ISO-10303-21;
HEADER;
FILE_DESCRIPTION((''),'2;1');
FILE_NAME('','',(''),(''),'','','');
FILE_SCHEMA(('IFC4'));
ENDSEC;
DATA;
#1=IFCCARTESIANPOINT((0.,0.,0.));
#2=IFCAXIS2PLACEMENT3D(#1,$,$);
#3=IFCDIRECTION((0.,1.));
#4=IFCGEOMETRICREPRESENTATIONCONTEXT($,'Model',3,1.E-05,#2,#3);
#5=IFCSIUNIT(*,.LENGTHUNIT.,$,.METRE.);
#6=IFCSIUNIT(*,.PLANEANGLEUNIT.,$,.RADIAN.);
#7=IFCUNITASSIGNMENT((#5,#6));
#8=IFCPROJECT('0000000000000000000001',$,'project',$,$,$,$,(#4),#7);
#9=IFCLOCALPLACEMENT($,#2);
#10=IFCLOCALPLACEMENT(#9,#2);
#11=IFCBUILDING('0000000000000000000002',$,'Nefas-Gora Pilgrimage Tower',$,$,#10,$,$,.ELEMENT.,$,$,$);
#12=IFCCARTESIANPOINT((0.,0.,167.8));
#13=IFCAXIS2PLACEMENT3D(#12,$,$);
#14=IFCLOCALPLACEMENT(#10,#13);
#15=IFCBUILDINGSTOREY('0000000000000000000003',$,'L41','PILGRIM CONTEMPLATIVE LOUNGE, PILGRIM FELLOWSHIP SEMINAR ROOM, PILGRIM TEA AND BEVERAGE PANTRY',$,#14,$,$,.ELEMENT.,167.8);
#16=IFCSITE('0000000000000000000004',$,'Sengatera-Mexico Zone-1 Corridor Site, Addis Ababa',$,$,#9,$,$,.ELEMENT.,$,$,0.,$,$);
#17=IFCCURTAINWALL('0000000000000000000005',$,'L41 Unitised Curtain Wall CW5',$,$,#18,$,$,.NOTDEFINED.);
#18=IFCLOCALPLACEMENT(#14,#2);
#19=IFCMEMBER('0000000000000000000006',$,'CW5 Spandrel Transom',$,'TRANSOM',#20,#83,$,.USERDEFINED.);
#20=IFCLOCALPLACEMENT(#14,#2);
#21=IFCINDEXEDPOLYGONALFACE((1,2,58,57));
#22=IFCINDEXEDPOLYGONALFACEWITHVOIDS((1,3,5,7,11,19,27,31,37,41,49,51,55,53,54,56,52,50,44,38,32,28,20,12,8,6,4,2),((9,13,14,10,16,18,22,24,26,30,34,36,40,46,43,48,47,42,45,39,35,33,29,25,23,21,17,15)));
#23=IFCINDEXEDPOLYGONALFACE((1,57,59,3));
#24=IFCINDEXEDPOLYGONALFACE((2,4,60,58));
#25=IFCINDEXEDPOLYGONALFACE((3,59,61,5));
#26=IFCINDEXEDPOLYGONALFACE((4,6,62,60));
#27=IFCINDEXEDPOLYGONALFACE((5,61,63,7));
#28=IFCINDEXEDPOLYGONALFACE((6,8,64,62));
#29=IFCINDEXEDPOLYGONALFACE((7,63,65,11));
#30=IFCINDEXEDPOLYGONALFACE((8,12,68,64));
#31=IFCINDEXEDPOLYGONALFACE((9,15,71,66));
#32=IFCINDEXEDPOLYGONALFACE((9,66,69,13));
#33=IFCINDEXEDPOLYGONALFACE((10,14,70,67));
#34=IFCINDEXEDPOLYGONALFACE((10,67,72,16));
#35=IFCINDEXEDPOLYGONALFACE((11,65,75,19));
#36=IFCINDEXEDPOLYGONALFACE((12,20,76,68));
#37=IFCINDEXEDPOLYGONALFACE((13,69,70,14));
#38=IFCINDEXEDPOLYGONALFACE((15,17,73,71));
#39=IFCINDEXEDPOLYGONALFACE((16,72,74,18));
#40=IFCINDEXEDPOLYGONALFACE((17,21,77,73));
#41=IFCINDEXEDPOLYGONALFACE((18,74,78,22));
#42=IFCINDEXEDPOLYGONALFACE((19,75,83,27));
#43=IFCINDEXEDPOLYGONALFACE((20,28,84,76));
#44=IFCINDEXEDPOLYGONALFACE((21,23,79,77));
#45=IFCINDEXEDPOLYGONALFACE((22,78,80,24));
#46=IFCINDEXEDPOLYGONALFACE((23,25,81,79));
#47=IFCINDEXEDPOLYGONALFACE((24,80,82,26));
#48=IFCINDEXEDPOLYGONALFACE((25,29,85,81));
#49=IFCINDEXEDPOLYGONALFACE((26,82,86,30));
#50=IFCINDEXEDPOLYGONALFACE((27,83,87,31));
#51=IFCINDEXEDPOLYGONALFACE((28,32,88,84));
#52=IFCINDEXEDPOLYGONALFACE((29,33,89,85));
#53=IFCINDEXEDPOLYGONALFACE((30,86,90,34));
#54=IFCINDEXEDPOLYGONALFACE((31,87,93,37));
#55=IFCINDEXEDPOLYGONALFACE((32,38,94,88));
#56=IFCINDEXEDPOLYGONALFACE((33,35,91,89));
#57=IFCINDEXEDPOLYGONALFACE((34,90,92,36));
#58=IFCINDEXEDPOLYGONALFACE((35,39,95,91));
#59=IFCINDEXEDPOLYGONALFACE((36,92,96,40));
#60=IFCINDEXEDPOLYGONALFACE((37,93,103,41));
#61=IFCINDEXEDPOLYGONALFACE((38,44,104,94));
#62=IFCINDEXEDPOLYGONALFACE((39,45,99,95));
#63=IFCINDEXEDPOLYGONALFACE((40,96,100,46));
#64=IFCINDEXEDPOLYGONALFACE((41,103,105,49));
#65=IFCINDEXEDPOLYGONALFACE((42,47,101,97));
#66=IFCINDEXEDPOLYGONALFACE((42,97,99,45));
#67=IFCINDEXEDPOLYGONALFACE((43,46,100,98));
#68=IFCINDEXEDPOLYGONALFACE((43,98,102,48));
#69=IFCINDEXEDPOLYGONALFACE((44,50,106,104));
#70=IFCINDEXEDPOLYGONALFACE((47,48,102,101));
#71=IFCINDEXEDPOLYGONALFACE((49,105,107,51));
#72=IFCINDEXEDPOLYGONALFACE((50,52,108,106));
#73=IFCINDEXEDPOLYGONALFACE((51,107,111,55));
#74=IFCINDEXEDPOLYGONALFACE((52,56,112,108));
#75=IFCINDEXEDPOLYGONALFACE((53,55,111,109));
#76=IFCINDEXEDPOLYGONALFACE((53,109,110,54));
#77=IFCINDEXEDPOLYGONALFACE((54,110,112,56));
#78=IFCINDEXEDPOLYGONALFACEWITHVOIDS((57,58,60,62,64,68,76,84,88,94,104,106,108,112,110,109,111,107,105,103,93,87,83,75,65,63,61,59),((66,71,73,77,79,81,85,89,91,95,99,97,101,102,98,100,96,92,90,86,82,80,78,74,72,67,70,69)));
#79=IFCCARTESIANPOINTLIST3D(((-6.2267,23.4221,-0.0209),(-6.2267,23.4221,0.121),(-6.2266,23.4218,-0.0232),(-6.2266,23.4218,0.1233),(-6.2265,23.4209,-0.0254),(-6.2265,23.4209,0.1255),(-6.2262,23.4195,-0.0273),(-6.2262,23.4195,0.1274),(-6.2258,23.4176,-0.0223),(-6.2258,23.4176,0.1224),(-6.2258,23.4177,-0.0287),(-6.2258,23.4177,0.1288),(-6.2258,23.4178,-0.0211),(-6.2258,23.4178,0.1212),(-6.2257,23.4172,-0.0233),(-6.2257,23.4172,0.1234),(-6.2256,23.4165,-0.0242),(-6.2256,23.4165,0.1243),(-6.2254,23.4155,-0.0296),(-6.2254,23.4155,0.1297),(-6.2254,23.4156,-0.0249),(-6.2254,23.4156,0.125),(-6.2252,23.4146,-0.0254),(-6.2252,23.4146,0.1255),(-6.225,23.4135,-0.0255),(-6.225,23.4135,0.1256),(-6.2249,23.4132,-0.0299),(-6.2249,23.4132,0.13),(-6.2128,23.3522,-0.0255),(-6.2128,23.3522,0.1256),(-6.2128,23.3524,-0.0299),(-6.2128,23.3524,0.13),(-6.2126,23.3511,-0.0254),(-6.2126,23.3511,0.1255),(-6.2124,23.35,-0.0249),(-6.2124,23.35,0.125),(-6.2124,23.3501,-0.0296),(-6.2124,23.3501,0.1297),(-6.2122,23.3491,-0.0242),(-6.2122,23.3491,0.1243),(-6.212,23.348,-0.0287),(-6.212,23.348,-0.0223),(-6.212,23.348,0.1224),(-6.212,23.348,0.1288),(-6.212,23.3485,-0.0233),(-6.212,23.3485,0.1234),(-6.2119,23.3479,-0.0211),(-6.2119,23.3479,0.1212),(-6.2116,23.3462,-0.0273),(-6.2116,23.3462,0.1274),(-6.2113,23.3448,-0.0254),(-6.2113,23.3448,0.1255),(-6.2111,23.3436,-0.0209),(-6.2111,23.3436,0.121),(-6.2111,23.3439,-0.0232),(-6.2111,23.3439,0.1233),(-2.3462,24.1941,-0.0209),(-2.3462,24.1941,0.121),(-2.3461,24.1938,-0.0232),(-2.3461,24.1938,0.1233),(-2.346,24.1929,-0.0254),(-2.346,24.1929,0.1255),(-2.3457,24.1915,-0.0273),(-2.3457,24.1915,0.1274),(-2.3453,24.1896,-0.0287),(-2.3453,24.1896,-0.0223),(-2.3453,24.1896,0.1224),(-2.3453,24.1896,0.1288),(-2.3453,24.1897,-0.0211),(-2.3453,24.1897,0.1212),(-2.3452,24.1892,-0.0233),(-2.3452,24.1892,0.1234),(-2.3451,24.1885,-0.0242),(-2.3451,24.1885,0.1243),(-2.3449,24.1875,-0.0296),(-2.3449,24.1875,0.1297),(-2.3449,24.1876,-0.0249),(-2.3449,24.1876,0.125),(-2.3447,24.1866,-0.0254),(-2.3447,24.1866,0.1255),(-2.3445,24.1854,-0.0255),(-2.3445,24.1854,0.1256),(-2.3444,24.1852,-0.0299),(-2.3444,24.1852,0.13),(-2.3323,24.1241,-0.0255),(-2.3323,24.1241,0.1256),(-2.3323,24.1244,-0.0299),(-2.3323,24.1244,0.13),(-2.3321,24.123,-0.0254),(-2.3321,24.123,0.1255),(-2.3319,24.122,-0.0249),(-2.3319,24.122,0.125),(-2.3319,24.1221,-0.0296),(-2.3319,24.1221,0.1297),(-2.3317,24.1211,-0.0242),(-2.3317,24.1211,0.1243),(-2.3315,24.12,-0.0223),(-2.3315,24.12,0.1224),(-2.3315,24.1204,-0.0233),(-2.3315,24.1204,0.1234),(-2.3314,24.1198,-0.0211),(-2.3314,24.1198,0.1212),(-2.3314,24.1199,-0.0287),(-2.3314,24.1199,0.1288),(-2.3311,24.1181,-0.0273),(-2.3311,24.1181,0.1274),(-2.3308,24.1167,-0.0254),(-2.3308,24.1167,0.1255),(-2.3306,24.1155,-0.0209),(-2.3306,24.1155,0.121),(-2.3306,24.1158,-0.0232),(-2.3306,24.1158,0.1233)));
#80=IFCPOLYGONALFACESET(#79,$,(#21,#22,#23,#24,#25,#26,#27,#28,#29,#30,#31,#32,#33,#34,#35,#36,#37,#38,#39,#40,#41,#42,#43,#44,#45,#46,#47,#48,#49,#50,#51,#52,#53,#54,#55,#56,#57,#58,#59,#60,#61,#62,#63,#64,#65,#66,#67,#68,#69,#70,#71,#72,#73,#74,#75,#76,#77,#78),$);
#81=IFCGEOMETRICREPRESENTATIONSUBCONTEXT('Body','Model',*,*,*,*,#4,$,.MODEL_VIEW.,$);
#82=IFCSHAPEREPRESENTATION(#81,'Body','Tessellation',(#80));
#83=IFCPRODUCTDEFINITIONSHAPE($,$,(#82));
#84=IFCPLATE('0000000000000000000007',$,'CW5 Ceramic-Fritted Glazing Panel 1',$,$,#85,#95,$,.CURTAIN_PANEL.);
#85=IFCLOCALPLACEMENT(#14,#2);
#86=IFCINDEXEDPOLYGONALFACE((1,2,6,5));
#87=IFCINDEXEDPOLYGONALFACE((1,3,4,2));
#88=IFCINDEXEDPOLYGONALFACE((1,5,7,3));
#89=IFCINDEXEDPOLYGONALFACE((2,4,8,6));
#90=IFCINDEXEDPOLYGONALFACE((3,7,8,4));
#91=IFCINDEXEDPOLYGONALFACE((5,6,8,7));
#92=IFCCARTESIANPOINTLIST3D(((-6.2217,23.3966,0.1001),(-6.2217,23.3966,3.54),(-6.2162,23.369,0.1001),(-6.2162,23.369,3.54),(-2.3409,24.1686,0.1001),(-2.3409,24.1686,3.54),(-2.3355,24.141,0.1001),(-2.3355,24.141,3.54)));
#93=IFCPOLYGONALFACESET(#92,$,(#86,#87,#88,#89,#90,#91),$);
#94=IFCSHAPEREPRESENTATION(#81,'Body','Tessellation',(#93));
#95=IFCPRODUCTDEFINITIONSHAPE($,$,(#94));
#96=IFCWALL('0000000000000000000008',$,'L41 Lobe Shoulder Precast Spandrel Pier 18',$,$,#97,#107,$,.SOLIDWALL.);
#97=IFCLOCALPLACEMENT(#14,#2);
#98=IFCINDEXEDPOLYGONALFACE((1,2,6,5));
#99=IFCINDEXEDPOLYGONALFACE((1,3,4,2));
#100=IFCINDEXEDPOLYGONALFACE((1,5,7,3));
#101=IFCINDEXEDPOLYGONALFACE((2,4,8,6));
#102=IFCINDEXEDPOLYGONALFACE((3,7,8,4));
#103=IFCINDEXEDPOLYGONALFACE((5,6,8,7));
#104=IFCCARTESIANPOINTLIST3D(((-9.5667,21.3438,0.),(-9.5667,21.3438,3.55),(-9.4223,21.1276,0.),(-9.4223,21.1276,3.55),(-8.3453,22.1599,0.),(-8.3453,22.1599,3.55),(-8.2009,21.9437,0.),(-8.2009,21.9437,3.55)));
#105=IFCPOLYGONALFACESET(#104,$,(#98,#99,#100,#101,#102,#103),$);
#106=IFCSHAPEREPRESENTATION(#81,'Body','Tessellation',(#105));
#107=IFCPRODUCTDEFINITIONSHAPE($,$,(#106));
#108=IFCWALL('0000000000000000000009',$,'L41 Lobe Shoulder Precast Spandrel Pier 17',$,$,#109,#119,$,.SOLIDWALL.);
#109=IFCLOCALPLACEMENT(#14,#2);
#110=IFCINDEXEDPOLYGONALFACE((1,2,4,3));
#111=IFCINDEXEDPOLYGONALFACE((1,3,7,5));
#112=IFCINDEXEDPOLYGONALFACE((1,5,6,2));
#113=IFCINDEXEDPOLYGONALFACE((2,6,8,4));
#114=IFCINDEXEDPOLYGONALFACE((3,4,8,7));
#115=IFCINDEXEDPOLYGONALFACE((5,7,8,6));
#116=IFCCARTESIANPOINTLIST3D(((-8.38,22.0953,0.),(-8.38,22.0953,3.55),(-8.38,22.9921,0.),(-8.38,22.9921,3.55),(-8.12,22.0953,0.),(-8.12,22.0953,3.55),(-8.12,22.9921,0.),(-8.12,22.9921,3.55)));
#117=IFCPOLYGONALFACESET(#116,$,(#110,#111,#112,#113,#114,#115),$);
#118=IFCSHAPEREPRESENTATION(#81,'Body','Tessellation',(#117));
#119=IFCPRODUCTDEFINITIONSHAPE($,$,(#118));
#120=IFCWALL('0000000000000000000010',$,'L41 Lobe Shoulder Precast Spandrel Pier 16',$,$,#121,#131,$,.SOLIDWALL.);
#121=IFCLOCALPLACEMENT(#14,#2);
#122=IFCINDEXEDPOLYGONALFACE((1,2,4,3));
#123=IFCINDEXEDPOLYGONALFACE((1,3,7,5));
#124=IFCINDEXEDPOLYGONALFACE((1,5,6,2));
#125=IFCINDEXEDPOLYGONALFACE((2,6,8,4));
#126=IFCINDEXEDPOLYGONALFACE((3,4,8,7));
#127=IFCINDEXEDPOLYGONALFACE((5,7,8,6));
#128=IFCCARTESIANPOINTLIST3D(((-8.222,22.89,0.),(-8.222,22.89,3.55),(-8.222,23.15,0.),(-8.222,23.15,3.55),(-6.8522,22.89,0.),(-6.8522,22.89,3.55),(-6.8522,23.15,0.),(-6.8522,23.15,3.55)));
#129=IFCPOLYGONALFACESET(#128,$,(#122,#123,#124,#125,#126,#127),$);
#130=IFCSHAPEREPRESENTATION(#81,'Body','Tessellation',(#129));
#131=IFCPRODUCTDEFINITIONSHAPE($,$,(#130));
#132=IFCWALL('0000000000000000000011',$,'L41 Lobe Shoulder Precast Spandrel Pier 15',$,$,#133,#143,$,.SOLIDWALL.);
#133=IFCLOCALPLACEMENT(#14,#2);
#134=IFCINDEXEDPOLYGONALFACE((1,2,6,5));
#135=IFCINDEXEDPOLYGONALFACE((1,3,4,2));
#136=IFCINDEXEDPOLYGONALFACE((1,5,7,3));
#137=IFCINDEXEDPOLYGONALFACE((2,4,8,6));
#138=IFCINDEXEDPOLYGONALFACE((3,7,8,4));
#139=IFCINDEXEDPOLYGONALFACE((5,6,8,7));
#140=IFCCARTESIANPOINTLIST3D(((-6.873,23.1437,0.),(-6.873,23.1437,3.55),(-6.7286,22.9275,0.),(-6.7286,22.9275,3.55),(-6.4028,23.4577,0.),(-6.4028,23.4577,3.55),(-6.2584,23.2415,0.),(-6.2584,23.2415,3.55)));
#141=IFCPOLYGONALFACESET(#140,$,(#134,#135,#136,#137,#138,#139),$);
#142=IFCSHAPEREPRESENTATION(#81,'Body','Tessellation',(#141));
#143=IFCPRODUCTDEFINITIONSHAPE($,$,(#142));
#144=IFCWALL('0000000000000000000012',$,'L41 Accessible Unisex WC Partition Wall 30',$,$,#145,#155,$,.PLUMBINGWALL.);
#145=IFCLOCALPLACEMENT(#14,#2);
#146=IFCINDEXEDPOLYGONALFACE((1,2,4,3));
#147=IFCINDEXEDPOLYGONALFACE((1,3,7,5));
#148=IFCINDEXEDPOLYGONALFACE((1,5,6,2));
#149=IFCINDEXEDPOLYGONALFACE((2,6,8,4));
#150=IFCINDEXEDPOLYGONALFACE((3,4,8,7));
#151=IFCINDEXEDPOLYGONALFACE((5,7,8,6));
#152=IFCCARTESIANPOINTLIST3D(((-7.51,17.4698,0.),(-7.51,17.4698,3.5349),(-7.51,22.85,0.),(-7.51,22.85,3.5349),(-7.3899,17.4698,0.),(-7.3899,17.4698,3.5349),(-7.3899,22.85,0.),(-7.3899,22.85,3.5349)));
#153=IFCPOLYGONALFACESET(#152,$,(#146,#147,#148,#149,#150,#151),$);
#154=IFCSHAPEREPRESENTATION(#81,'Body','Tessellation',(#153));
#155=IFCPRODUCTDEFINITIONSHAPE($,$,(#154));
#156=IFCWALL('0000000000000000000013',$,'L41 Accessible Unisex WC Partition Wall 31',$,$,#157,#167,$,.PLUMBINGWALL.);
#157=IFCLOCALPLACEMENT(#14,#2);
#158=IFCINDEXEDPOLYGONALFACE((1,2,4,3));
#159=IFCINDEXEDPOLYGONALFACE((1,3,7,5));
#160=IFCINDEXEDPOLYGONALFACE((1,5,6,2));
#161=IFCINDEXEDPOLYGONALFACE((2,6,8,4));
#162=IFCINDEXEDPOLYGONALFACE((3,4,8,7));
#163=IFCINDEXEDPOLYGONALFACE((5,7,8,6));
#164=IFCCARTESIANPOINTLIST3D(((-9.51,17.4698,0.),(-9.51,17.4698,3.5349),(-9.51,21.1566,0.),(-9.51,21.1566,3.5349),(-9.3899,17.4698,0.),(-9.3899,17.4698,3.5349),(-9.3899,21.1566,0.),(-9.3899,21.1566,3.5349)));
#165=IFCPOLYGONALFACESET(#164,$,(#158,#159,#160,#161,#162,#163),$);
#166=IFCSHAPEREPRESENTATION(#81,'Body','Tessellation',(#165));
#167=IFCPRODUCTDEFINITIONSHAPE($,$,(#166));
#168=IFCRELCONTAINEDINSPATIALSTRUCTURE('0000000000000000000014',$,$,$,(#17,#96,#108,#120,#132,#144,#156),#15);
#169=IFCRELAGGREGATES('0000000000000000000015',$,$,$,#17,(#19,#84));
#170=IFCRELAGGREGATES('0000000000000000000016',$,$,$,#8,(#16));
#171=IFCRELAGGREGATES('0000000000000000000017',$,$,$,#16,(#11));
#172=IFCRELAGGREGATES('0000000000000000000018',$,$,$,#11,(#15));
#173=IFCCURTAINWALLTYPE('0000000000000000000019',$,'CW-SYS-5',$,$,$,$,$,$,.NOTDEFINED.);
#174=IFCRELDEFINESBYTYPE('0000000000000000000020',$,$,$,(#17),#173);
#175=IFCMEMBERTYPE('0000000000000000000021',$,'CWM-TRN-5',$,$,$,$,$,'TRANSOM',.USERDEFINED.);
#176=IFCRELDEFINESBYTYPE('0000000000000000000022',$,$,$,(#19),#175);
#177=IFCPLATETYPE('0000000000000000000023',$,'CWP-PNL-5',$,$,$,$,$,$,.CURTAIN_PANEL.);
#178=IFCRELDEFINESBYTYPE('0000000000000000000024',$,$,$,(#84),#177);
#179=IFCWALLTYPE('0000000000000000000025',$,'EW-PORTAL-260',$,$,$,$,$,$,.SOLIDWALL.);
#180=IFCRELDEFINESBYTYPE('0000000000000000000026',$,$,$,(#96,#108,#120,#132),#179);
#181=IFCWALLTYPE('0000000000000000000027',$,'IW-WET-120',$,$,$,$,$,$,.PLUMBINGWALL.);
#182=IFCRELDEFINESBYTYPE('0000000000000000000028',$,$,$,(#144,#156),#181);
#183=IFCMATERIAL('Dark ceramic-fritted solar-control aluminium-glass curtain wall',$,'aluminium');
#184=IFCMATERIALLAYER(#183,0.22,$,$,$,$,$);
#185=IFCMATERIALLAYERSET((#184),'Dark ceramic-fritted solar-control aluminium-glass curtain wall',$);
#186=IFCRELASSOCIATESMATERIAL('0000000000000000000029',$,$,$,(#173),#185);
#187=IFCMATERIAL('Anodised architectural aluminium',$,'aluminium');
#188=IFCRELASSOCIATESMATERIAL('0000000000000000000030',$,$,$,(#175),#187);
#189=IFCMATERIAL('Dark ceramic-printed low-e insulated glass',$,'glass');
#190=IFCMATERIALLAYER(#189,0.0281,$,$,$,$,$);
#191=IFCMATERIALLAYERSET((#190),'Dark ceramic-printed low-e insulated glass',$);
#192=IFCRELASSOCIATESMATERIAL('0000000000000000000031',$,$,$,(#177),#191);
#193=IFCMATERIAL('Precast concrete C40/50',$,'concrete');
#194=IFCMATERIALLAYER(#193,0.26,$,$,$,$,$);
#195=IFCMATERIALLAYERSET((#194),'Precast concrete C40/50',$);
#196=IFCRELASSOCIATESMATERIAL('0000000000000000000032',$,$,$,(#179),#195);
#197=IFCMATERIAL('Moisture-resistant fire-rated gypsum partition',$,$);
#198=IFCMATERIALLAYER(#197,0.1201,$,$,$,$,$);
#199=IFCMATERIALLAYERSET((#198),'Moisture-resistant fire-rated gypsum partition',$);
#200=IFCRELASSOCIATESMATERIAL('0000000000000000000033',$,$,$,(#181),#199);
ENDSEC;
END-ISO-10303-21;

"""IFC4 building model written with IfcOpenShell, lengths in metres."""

from ifc_helpers import new_model, si_unit, direction, frame, frame_2d, origin, origin_2d, place, context, subcontext, project, spatial, rectangle, hollow_rectangle, extrude, source, transform, mapped, material, layer, layer_set, material_profile, profile_set, type_object, element, aggregate, save


model = new_model("IFC4")

# Units and contexts
model_context = context("Model", 3, precision=1e-05, world=origin(), true_north=direction((0.0, 1.0)))
body_context = subcontext(model_context, "Body", "Model", "MODEL_VIEW")
ifc_project = project(units=[si_unit("LENGTHUNIT", "METRE"), si_unit("PLANEANGLEUNIT", "RADIAN")], contexts=[model_context])

# Site, building, storey
site_placement = place(None, origin())
site = spatial("IfcSite", under=ifc_project, at=site_placement, Name="Sengatera-Mexico Zone-1 Corridor Site, Addis Ababa", CompositionType="ELEMENT", RefElevation=0.0)
building_placement = place(site_placement, origin())
building = spatial("IfcBuilding", under=site, at=building_placement, Name="Nefas-Gora Pilgrimage Tower", CompositionType="ELEMENT")
storey_placement = place(building_placement, frame((0.0, 0.0, 167.8)))
storey = spatial("IfcBuildingStorey", under=building, at=storey_placement, Name="L41", Description="PILGRIM CONTEMPLATIVE LOUNGE, PILGRIM FELLOWSHIP SEMINAR ROOM, PILGRIM TEA AND BEVERAGE PANTRY", CompositionType="ELEMENT", Elevation=167.8)

# Shared definitions
ifc_material_1 = material(Name="Dark ceramic-fritted solar-control aluminium-glass curtain wall", Category="aluminium")
ifc_layer_1 = layer(ifc_material_1, 0.22)
ifc_layer_set_1 = layer_set([ifc_layer_1], Name="Dark ceramic-fritted solar-control aluminium-glass curtain wall")
curtain_wall_type = type_object("IfcCurtainWallType", Name="CW-SYS-5", PredefinedType="NOTDEFINED", material=ifc_layer_set_1)
ifc_material_2 = material(Name="Anodised architectural aluminium", Category="aluminium")

# Curtain wall
curtain_wall_1_placement = place(storey_placement, origin())
curtain_wall_1 = element("IfcCurtainWall", 1, at=curtain_wall_1_placement, inside=storey, type_object=curtain_wall_type, Name="L41 Unitised Curtain Wall CW5", PredefinedType="NOTDEFINED")
ifc_material_profile_1 = material_profile(ifc_material_2, hollow_rectangle(XDim=0.0801, YDim=0.1599, WallThickness=0.0044, InnerFilletRadius=0.0044, OuterFilletRadius=0.009, at=origin_2d()), Name="ALU TRANSOM 80x160")
ifc_profile_set_1 = profile_set([ifc_material_profile_1], Name="Anodised architectural aluminium")
member_type_1 = type_object("IfcMemberType", Name="CWM-TRN-5", ElementType="TRANSOM", PredefinedType="USERDEFINED", material=ifc_profile_set_1)

# Member
shared_shape_1 = source(origin(), body_context, "Body", "SweptSolid", [
    extrude(hollow_rectangle(XDim=0.0801, YDim=0.1599, WallThickness=0.0044, InnerFilletRadius=0.0044, OuterFilletRadius=0.009, at=origin_2d()), origin(), (0.0, 0.0, 1.0), 3.9565),
])
member_1_placement = place(storey_placement, frame((-2.3384, 24.1548, 0.05), z_axis=(-0.980782, -0.195107, 0.0), x_axis=(0.195107, -0.980782, 0.0)))
member_1 = element("IfcMember", 2, at=member_1_placement, type_object=member_type_1, Name="CW5 Spandrel Transom", ObjectType="TRANSOM", PredefinedType="USERDEFINED", context=body_context, shape_type="MappedRepresentation", body=[
    mapped(shared_shape_1, transform((0.0, 0.0, 0.0), x_axis=(1.0, 0.0, 0.0), y_axis=(0.0, 1.0, 0.0), z_axis=(0.0, 0.0, 1.0), scale=1.0)),
])

# Plate
ifc_material_3 = material(Name="Dark ceramic-printed low-e insulated glass", Category="glass")
ifc_layer_2 = layer(ifc_material_3, 0.0281)
ifc_layer_set_2 = layer_set([ifc_layer_2], Name="Dark ceramic-printed low-e insulated glass")
plate_type = type_object("IfcPlateType", Name="CWP-PNL-5", PredefinedType="CURTAIN_PANEL", material=ifc_layer_set_2)
shared_shape_2 = source(origin(), body_context, "Body", "SweptSolid", [
    extrude(rectangle(XDim=3.9568, YDim=0.0281, at=origin_2d()), origin(), (0.0, 0.0, 1.0), 3.4399),
])
plate_placement = place(storey_placement, frame((-4.2786, 23.7688, 0.1001), z_axis=(0.0, 0.0, 1.0), x_axis=(-0.980783, -0.195102, 0.0)))
plate = element("IfcPlate", 3, at=plate_placement, type_object=plate_type, Name="CW5 Ceramic-Fritted Glazing Panel 1", PredefinedType="CURTAIN_PANEL", context=body_context, shape_type="MappedRepresentation", body=[
    mapped(shared_shape_2, transform((0.0, 0.0, 0.0), x_axis=(1.0, 0.0, 0.0), y_axis=(0.0, 1.0, 0.0), z_axis=(0.0, 0.0, 1.0), scale=1.0)),
])
aggregate(curtain_wall_1, [member_1, plate])

# Walls
ifc_material_4 = material(Name="Precast concrete C40/50", Category="concrete")
ifc_layer_3 = layer(ifc_material_4, 0.26)
ifc_layer_set_3 = layer_set([ifc_layer_3], Name="Precast concrete C40/50")
wall_type_1 = type_object("IfcWallType", Name="EW-PORTAL-260", PredefinedType="SOLIDWALL", material=ifc_layer_set_3)
shared_shape_3 = source(origin(), body_context, "Body", "SweptSolid", [
    extrude(rectangle(XDim=1.469, YDim=0.26, at=frame_2d((0.7344, 0.0))), origin(), (0.0, 0.0, 1.0), 3.55),
])
wall_1_placement = place(storey_placement, frame((-8.2732, 22.0518, 0.0), z_axis=(0.0, 0.0, 1.0), x_axis=(-0.831462, -0.555582, 0.0)))
element("IfcWall", 4, at=wall_1_placement, inside=storey, type_object=wall_type_1, Name="L41 Lobe Shoulder Precast Spandrel Pier 18", PredefinedType="SOLIDWALL", context=body_context, shape_type="MappedRepresentation", body=[
    mapped(shared_shape_3, transform((0.0, 0.0, 0.0), x_axis=(1.0, 0.0, 0.0), y_axis=(0.0, 1.0, 0.0), z_axis=(0.0, 0.0, 1.0), scale=1.0)),
])
shared_shape_4 = source(origin(), body_context, "Body", "SweptSolid", [
    extrude(rectangle(XDim=0.8967, YDim=0.26, at=frame_2d((0.4482, 0.0))), origin(), (0.0, 0.0, 1.0), 3.55),
])
wall_2_placement = place(storey_placement, frame((-8.25, 22.9919, 0.0), z_axis=(0.0, 0.0, 1.0), x_axis=(0.0, -1.0, 0.0)))
element("IfcWall", 5, at=wall_2_placement, inside=storey, type_object=wall_type_1, Name="L41 Lobe Shoulder Precast Spandrel Pier 17", PredefinedType="SOLIDWALL", context=body_context, shape_type="MappedRepresentation", body=[
    mapped(shared_shape_4, transform((0.0, 0.0, 0.0), x_axis=(1.0, 0.0, 0.0), y_axis=(0.0, 1.0, 0.0), z_axis=(0.0, 0.0, 1.0), scale=1.0)),
])
shared_shape_5 = source(origin(), body_context, "Body", "SweptSolid", [
    extrude(rectangle(XDim=1.3699, YDim=0.26, at=frame_2d((0.6851, 0.0))), origin(), (0.0, 0.0, 1.0), 3.55),
])
wall_3_placement = place(storey_placement, frame((-6.8521, 23.02, 0.0), z_axis=(0.0, 0.0, 1.0), x_axis=(-1.0, 0.0, 0.0)))
element("IfcWall", 6, at=wall_3_placement, inside=storey, type_object=wall_type_1, Name="L41 Lobe Shoulder Precast Spandrel Pier 16", PredefinedType="SOLIDWALL", context=body_context, shape_type="MappedRepresentation", body=[
    mapped(shared_shape_5, transform((0.0, 0.0, 0.0), x_axis=(1.0, 0.0, 0.0), y_axis=(0.0, 1.0, 0.0), z_axis=(0.0, 0.0, 1.0), scale=1.0)),
])
shared_shape_6 = source(origin(), body_context, "Body", "SweptSolid", [
    extrude(rectangle(XDim=0.5654, YDim=0.26, at=frame_2d((0.2827, 0.0))), origin(), (0.0, 0.0, 1.0), 3.55),
])
wall_4_placement = place(storey_placement, frame((-6.3306, 23.3496, 0.0), z_axis=(0.0, 0.0, 1.0), x_axis=(-0.831651, -0.555298, 0.0)))
element("IfcWall", 7, at=wall_4_placement, inside=storey, type_object=wall_type_1, Name="L41 Lobe Shoulder Precast Spandrel Pier 15", PredefinedType="SOLIDWALL", context=body_context, shape_type="MappedRepresentation", body=[
    mapped(shared_shape_6, transform((0.0, 0.0, 0.0), x_axis=(1.0, 0.0, 0.0), y_axis=(0.0, 1.0, 0.0), z_axis=(0.0, 0.0, 1.0), scale=1.0)),
])
ifc_material_5 = material(Name="Moisture-resistant fire-rated gypsum partition")
ifc_layer_4 = layer(ifc_material_5, 0.1201)
ifc_layer_set_4 = layer_set([ifc_layer_4], Name="Moisture-resistant fire-rated gypsum partition")
wall_type_2 = type_object("IfcWallType", Name="IW-WET-120", PredefinedType="PLUMBINGWALL", material=ifc_layer_set_4)
shared_shape_7 = source(origin(), body_context, "Body", "SweptSolid", [
    extrude(rectangle(XDim=5.3801, YDim=0.1201, at=frame_2d((2.6899, 0.0))), origin(), (0.0, 0.0, 1.0), 3.5349),
])
wall_5_placement = place(storey_placement, frame((-7.45, 17.47, 0.0), z_axis=(0.0, 0.0, 1.0), x_axis=(0.0, 1.0, 0.0)))
element("IfcWall", 8, at=wall_5_placement, inside=storey, type_object=wall_type_2, Name="L41 Accessible Unisex WC Partition Wall 30", PredefinedType="PLUMBINGWALL", context=body_context, shape_type="MappedRepresentation", body=[
    mapped(shared_shape_7, transform((0.0, 0.0, 0.0), x_axis=(1.0, 0.0, 0.0), y_axis=(0.0, 1.0, 0.0), z_axis=(0.0, 0.0, 1.0), scale=1.0)),
])
shared_shape_8 = source(origin(), body_context, "Body", "SweptSolid", [
    extrude(rectangle(XDim=3.6868, YDim=0.1201, at=frame_2d((1.8433, 0.0))), origin(), (0.0, 0.0, 1.0), 3.5349),
])
wall_6_placement = place(storey_placement, frame((-9.45, 17.47, 0.0), z_axis=(0.0, 0.0, 1.0), x_axis=(0.0, 1.0, 0.0)))
element("IfcWall", 9, at=wall_6_placement, inside=storey, type_object=wall_type_2, Name="L41 Accessible Unisex WC Partition Wall 31", PredefinedType="PLUMBINGWALL", context=body_context, shape_type="MappedRepresentation", body=[
    mapped(shared_shape_8, transform((0.0, 0.0, 0.0), x_axis=(1.0, 0.0, 0.0), y_axis=(0.0, 1.0, 0.0), z_axis=(0.0, 0.0, 1.0), scale=1.0)),
])

save(model, "model.ifc")
